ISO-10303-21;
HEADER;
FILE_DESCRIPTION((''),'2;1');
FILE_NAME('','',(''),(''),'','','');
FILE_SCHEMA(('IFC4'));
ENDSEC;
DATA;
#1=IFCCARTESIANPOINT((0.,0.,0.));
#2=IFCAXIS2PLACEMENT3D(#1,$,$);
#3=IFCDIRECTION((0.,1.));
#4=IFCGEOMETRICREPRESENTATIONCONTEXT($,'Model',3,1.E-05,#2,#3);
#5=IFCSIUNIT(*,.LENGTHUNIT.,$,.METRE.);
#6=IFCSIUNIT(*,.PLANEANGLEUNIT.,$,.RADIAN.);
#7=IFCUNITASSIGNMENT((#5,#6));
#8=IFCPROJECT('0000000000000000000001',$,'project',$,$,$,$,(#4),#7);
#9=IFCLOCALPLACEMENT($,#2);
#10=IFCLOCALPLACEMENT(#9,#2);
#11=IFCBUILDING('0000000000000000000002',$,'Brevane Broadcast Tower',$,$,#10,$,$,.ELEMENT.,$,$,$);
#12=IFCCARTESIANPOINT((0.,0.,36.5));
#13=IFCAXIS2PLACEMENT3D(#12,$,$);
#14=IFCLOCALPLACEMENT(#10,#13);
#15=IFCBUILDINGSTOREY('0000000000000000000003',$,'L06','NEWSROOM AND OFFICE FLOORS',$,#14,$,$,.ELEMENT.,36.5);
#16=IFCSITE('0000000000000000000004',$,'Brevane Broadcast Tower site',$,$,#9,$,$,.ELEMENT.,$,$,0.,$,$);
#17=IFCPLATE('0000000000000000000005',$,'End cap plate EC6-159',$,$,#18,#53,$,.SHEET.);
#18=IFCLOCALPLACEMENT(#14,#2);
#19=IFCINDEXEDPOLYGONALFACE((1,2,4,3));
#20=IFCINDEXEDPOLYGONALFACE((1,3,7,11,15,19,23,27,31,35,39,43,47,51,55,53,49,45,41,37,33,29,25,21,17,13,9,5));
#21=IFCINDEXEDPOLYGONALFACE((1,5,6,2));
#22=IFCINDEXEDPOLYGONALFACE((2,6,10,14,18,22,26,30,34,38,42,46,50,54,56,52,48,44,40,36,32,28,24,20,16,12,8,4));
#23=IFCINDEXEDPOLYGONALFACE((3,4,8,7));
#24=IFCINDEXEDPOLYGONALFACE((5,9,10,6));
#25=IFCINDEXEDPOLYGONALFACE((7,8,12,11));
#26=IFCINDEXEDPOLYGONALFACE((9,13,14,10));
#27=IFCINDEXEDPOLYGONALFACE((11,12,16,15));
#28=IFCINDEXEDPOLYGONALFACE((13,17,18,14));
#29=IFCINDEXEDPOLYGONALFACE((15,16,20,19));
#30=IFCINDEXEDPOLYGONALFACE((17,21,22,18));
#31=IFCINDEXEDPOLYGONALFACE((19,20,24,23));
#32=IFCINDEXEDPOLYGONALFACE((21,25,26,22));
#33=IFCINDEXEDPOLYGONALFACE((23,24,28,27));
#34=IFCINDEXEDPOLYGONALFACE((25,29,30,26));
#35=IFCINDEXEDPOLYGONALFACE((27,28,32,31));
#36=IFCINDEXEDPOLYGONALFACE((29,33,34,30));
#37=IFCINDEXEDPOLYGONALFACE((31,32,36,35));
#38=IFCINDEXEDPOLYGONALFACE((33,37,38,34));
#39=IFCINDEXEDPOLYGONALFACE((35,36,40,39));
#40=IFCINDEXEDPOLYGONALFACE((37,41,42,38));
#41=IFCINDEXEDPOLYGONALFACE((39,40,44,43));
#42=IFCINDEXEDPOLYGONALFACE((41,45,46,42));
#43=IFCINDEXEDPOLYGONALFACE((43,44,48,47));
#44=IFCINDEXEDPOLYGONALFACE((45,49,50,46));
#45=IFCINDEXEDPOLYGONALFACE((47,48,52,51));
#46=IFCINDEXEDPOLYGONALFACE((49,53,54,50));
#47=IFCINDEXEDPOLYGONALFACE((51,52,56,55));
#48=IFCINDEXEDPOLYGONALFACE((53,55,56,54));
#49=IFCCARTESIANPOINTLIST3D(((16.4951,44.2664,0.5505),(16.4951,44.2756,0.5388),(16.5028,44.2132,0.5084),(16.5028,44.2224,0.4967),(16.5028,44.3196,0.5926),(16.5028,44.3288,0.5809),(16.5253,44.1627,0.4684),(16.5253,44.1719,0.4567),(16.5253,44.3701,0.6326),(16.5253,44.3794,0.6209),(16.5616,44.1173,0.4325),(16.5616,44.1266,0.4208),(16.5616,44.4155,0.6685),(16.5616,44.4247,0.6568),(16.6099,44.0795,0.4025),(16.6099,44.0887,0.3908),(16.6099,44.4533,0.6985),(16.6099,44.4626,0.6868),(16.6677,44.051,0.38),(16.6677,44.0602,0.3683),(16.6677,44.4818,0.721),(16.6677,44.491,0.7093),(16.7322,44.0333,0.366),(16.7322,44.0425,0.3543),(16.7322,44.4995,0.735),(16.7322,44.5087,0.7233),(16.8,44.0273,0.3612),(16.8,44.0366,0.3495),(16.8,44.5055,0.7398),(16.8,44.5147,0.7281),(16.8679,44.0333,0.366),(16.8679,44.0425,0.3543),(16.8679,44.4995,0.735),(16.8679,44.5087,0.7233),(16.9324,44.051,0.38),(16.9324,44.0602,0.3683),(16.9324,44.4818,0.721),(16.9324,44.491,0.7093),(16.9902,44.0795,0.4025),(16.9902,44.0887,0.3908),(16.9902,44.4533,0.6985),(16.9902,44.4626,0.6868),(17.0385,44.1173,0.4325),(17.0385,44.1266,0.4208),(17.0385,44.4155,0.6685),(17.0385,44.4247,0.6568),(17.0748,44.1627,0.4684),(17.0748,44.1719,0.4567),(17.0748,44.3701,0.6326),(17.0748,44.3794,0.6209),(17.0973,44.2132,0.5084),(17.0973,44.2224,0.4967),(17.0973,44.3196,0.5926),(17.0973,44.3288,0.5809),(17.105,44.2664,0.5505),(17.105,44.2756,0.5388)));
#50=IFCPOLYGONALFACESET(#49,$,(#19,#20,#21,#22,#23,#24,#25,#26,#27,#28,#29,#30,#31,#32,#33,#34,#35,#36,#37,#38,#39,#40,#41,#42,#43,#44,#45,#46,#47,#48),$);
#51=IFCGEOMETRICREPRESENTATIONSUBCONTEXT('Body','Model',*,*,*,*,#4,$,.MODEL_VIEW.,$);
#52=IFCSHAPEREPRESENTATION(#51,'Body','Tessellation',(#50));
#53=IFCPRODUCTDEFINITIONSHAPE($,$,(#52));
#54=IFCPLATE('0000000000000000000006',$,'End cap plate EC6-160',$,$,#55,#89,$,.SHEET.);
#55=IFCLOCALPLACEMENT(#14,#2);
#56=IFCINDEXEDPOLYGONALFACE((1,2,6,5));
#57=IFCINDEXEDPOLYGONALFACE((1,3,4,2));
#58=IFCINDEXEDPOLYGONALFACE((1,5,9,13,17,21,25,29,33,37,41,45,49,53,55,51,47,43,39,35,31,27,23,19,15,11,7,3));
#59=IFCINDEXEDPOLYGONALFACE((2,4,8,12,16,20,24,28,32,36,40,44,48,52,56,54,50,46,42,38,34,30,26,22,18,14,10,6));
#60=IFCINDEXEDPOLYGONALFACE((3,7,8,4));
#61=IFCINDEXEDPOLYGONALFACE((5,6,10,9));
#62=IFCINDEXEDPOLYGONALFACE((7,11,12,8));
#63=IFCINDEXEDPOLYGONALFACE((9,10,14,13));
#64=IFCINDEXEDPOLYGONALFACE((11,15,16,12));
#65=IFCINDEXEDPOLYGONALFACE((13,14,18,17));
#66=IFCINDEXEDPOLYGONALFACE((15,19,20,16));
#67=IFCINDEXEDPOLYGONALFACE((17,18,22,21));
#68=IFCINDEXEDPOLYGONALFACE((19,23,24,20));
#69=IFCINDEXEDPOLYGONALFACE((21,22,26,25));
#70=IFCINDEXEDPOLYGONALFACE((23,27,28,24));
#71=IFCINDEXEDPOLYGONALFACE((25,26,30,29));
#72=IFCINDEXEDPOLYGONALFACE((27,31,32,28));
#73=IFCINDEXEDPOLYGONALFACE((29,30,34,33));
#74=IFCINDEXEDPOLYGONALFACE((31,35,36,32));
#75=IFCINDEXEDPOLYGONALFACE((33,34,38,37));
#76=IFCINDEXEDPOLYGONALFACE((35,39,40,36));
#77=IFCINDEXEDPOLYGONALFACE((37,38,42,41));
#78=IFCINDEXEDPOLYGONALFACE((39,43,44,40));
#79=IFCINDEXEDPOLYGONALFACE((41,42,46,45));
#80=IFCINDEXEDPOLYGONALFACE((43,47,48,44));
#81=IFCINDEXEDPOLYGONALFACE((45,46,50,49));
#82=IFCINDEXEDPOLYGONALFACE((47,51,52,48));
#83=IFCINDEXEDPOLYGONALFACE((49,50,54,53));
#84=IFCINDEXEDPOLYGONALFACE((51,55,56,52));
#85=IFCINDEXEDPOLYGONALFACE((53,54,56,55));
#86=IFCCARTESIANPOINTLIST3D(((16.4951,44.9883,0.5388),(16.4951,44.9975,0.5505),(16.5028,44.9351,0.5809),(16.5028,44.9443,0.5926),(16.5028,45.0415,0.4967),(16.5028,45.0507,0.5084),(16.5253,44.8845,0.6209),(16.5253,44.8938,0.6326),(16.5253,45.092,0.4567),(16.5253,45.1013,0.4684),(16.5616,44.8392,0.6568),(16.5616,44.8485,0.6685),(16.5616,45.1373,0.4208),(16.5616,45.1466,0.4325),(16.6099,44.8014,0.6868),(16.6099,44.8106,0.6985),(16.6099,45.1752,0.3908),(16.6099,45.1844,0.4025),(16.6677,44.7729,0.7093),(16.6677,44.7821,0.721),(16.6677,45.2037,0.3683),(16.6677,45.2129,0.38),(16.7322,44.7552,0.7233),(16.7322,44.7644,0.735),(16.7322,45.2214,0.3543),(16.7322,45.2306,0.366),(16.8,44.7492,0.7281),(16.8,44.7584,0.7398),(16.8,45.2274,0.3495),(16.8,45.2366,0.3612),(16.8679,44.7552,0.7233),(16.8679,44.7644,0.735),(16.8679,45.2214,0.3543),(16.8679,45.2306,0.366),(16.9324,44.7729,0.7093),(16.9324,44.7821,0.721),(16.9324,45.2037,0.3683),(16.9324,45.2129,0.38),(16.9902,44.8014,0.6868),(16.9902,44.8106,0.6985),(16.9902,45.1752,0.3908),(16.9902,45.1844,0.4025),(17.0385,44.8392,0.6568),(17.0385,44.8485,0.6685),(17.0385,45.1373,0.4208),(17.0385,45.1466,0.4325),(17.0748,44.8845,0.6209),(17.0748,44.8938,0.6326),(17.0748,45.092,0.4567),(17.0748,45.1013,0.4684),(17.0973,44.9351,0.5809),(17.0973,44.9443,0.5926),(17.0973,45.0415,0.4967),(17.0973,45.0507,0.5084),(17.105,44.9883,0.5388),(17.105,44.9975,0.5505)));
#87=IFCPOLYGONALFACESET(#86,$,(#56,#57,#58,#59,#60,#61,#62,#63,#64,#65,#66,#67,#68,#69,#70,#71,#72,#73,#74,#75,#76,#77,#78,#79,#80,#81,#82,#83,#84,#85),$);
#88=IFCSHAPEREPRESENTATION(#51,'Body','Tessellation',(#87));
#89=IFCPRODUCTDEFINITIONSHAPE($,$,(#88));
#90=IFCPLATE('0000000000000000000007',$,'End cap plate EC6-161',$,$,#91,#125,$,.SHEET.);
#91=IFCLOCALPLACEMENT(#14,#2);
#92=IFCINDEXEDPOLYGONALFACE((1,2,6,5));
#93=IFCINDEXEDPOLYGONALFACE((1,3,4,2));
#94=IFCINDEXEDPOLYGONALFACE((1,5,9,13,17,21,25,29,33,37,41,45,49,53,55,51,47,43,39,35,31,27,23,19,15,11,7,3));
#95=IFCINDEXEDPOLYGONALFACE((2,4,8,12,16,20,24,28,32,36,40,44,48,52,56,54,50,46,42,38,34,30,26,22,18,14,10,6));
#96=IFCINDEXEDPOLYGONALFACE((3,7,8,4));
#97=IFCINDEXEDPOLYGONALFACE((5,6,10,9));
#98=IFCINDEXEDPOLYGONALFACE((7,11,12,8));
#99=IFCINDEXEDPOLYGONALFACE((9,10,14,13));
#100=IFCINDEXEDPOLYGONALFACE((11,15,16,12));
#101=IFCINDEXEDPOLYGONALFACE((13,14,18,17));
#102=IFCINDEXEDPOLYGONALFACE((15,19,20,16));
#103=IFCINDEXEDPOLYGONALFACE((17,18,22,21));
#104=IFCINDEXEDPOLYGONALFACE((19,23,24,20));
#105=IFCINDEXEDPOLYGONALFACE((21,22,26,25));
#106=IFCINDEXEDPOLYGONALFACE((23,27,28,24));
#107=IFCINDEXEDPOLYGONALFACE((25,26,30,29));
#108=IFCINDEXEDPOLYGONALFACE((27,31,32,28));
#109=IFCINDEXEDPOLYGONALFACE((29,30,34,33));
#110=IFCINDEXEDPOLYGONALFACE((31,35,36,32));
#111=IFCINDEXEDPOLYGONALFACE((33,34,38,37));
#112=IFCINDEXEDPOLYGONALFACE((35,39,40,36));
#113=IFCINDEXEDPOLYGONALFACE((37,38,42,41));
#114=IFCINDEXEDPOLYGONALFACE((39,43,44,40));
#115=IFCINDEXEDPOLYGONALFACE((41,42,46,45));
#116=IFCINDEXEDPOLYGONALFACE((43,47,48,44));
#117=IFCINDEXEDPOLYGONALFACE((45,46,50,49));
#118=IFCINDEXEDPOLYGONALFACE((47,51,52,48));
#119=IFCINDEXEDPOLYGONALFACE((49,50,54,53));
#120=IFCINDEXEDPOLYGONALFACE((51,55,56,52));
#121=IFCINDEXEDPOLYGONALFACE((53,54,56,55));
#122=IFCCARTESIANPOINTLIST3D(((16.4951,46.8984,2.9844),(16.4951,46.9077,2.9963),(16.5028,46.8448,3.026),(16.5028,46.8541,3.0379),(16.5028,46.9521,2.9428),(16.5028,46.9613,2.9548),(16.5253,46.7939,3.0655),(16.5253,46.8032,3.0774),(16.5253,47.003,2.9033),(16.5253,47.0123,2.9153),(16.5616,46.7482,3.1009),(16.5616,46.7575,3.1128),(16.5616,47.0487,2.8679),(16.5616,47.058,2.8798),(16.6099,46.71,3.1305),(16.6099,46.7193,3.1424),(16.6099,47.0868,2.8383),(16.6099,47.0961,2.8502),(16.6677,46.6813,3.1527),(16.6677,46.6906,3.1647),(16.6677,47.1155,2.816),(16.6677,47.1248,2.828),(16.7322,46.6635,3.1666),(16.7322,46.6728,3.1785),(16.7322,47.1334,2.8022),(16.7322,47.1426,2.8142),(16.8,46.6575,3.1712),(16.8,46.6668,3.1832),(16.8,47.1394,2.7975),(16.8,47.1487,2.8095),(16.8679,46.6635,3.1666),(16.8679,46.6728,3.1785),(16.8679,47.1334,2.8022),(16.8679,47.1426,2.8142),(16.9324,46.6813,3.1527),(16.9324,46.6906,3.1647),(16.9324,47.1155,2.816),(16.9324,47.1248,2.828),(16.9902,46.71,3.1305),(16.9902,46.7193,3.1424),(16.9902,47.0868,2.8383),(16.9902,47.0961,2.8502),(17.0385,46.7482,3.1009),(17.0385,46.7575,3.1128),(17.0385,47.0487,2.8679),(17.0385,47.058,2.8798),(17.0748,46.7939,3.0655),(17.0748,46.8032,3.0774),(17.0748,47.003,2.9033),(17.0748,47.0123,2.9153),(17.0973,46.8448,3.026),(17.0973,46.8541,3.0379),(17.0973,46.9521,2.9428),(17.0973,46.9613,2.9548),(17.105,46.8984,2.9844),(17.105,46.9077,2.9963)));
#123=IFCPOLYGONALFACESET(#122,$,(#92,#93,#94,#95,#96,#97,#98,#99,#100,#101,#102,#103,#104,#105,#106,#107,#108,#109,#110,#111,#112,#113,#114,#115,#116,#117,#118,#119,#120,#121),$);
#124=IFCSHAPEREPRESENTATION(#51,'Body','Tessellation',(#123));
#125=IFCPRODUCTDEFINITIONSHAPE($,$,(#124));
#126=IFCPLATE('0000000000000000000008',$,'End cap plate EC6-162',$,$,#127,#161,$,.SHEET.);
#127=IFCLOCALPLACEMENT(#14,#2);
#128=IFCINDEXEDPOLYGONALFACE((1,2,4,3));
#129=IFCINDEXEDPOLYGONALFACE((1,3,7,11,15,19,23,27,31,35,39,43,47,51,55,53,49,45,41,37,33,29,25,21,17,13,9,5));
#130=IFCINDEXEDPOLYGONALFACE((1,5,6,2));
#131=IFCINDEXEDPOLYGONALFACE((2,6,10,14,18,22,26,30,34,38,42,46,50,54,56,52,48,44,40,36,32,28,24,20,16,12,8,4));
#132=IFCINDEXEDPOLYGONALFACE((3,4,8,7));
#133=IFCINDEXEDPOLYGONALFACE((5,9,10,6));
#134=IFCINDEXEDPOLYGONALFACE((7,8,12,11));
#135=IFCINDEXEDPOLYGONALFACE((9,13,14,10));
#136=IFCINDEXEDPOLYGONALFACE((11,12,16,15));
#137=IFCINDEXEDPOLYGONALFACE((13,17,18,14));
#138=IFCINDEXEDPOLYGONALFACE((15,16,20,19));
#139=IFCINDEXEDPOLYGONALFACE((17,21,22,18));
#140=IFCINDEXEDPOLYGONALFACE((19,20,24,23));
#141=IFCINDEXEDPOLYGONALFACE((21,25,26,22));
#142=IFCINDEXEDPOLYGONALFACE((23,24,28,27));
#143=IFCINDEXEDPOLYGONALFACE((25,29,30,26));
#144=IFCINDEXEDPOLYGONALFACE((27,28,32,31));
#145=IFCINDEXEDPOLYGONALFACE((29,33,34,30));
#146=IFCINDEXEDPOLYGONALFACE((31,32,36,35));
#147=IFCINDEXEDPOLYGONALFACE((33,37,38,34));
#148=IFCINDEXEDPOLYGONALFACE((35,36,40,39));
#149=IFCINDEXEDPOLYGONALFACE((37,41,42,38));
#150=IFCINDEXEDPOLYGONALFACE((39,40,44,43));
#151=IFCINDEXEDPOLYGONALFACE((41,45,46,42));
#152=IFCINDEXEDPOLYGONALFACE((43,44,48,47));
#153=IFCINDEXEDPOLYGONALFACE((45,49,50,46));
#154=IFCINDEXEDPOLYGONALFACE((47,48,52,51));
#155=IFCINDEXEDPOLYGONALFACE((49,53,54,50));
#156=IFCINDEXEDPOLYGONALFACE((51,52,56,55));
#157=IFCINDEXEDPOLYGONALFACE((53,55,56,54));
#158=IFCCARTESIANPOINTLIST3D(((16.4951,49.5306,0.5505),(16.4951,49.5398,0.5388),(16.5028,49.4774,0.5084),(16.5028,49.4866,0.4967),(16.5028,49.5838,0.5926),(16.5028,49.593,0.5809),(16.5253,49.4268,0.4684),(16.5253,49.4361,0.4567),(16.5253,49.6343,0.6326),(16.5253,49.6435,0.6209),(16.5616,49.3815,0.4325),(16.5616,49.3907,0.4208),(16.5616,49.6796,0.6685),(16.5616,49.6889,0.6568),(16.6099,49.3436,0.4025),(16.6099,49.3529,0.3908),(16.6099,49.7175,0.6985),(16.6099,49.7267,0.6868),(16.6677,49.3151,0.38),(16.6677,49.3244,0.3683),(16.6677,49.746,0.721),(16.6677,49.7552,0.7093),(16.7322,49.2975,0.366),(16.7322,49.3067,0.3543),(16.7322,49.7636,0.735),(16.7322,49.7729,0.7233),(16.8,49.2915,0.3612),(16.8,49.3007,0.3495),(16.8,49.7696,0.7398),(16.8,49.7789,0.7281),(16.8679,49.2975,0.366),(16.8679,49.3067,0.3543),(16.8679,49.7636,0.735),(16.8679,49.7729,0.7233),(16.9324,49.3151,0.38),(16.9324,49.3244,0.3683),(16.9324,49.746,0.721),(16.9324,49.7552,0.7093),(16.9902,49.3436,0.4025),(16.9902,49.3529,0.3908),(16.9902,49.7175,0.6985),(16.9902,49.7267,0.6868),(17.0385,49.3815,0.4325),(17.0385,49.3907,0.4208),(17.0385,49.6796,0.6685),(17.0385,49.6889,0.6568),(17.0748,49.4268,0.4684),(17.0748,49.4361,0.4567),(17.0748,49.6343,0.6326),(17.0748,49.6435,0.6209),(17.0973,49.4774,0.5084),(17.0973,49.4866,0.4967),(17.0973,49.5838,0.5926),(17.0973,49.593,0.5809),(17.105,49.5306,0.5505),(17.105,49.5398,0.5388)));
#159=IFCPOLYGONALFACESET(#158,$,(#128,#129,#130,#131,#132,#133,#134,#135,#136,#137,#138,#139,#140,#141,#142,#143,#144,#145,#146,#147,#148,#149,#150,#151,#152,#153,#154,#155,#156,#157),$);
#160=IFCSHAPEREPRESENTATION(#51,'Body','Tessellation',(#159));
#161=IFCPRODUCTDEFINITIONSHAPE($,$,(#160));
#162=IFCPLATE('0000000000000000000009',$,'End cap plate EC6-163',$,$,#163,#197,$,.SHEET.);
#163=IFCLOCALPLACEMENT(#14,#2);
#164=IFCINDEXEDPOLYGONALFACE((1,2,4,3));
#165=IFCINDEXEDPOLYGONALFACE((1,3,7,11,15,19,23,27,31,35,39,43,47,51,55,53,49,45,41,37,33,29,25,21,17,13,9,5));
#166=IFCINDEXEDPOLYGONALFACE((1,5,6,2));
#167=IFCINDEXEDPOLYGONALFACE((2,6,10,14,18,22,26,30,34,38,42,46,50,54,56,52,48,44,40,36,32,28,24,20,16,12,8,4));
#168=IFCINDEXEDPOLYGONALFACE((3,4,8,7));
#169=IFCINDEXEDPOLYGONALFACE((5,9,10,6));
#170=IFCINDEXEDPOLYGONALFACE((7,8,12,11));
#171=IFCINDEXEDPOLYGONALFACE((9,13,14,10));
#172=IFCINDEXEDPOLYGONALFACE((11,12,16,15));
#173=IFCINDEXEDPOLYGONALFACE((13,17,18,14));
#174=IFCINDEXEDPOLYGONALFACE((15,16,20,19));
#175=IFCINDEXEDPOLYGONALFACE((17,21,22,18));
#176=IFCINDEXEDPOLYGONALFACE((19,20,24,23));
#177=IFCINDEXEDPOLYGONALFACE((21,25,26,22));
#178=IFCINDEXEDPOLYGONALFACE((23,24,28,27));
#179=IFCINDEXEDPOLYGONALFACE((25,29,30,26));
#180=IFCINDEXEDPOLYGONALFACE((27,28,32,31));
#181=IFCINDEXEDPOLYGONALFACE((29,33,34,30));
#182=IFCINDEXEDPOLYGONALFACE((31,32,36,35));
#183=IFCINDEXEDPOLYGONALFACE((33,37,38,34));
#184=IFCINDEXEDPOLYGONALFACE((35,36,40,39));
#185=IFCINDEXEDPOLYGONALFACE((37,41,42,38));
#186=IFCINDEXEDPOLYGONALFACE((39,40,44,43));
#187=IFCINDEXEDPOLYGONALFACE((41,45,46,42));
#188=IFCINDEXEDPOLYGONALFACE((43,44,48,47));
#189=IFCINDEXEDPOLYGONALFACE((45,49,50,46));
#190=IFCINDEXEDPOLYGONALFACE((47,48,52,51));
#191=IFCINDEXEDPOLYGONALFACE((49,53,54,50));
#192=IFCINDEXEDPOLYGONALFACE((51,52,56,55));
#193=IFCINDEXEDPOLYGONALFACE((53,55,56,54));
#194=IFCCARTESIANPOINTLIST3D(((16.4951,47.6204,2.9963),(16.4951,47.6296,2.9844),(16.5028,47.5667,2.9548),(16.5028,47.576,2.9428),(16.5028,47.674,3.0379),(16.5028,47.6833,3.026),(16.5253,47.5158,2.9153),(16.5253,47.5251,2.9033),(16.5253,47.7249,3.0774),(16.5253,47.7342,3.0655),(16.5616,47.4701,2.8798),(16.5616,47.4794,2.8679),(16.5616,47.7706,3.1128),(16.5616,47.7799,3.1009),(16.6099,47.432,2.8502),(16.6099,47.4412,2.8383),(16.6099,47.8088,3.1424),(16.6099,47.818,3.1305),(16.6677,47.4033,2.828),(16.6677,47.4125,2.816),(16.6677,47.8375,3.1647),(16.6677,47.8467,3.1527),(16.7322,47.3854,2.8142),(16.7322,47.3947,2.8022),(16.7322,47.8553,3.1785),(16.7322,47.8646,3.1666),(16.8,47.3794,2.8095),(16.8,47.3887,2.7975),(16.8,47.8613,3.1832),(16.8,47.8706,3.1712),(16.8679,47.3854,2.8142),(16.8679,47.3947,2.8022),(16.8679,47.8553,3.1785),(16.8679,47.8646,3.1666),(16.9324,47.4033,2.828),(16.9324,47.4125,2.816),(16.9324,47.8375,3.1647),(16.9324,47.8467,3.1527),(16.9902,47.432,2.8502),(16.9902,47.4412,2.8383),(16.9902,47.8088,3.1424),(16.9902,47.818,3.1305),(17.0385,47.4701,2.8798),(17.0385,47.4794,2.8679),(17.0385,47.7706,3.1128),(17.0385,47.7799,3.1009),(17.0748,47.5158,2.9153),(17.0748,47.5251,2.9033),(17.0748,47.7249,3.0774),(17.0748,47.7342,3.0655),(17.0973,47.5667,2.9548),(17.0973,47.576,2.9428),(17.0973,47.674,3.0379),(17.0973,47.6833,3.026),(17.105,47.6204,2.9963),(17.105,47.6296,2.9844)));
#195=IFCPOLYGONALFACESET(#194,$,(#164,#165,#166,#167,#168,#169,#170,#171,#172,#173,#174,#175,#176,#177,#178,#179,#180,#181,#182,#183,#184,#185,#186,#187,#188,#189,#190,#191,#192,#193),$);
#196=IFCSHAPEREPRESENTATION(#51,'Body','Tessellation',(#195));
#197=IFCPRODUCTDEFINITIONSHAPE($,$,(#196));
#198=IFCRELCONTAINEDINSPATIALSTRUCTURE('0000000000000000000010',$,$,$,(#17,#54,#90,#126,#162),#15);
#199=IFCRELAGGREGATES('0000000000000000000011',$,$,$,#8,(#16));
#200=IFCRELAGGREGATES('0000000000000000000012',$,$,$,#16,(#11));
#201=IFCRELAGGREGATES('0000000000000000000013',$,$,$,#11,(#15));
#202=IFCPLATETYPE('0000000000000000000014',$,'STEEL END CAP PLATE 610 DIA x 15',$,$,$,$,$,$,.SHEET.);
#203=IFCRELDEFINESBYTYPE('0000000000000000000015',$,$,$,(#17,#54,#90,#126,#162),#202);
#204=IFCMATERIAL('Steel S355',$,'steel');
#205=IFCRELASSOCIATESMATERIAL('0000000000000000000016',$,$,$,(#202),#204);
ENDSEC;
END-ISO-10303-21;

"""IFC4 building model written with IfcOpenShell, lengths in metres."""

from ifc_helpers import new_model, si_unit, direction, frame, origin, origin_2d, place, context, subcontext, project, spatial, circle, extrude, material, material_profile, profile_set, type_object, element, save


model = new_model("IFC4")

# Units and contexts
model_context = context("Model", 3, precision=1e-05, world=origin(), true_north=direction((0.0, 1.0)))
body_context = subcontext(model_context, "Body", "Model", "MODEL_VIEW")
ifc_project = project(units=[si_unit("LENGTHUNIT", "METRE"), si_unit("PLANEANGLEUNIT", "RADIAN")], contexts=[model_context])

# Site, building, storey
site_placement = place(None, origin())
site = spatial("IfcSite", under=ifc_project, at=site_placement, Name="Brevane Broadcast Tower site", CompositionType="ELEMENT", RefElevation=0.0)
building_placement = place(site_placement, origin())
building = spatial("IfcBuilding", under=site, at=building_placement, Name="Brevane Broadcast Tower", CompositionType="ELEMENT")
storey_placement = place(building_placement, frame((0.0, 0.0, 36.5)))
storey = spatial("IfcBuildingStorey", under=building, at=storey_placement, Name="L06", Description="NEWSROOM AND OFFICE FLOORS", CompositionType="ELEMENT", Elevation=36.5)

# Shared definitions
ifc_material_1 = material(Name="Steel S355", Category="steel")

# Plates
ifc_material_profile_1 = material_profile(ifc_material_1, circle(Radius=0.3049, at=origin_2d()), Name="PL 610 DIA x 15")
ifc_profile_set_1 = profile_set([ifc_material_profile_1], Name="Steel S355")
plate_type = type_object("IfcPlateType", Name="STEEL END CAP PLATE 610 DIA x 15", PredefinedType="SHEET", material=ifc_profile_set_1)
for number, where, z_axis, x_axis, name in (
    (1, (16.8, 44.2756, 0.5388), (0.0, -0.620703, 0.784046), (1.0, 0.0, 0.0), "End cap plate EC6-159"),
    (2, (16.8, 44.9883, 0.5388), (0.0, 0.620703, 0.784046), (-1.0, 0.0, 0.0), "End cap plate EC6-160"),
):
    element("IfcPlate", number, at=place(storey_placement, frame(where, z_axis=z_axis, x_axis=x_axis)), inside=storey, type_object=plate_type, Name=name, PredefinedType="SHEET", context=body_context, shape_type="SweptSolid", body=[
        extrude(circle(Radius=0.3049, at=origin_2d()), origin(), (0.0, 0.0, 1.0), 0.0149),
    ])
plate_1_placement = place(storey_placement, frame((16.8, 46.8984, 2.9844), z_axis=(0.0, 0.612824, 0.79022), x_axis=(-1.0, 0.0, 0.0)))
element("IfcPlate", 3, at=plate_1_placement, inside=storey, type_object=plate_type, Name="End cap plate EC6-161", PredefinedType="SHEET", context=body_context, shape_type="SweptSolid", body=[
    extrude(circle(Radius=0.3049, at=origin_2d()), origin(), (0.0, 0.0, 1.0), 0.0151),
])
plate_2_placement = place(storey_placement, frame((16.8, 49.5398, 0.5388), z_axis=(0.0, -0.620703, 0.784046), x_axis=(1.0, 0.0, 0.0)))
element("IfcPlate", 4, at=plate_2_placement, inside=storey, type_object=plate_type, Name="End cap plate EC6-162", PredefinedType="SHEET", context=body_context, shape_type="SweptSolid", body=[
    extrude(circle(Radius=0.3049, at=origin_2d()), origin(), (0.0, 0.0, 1.0), 0.0149),
])
plate_3_placement = place(storey_placement, frame((16.8, 47.6296, 2.9844), z_axis=(0.0, -0.612824, 0.79022), x_axis=(1.0, 0.0, 0.0)))
element("IfcPlate", 5, at=plate_3_placement, inside=storey, type_object=plate_type, Name="End cap plate EC6-163", PredefinedType="SHEET", context=body_context, shape_type="SweptSolid", body=[
    extrude(circle(Radius=0.3049, at=origin_2d()), origin(), (0.0, 0.0, 1.0), 0.0151),
])

save(model, "model.ifc")
